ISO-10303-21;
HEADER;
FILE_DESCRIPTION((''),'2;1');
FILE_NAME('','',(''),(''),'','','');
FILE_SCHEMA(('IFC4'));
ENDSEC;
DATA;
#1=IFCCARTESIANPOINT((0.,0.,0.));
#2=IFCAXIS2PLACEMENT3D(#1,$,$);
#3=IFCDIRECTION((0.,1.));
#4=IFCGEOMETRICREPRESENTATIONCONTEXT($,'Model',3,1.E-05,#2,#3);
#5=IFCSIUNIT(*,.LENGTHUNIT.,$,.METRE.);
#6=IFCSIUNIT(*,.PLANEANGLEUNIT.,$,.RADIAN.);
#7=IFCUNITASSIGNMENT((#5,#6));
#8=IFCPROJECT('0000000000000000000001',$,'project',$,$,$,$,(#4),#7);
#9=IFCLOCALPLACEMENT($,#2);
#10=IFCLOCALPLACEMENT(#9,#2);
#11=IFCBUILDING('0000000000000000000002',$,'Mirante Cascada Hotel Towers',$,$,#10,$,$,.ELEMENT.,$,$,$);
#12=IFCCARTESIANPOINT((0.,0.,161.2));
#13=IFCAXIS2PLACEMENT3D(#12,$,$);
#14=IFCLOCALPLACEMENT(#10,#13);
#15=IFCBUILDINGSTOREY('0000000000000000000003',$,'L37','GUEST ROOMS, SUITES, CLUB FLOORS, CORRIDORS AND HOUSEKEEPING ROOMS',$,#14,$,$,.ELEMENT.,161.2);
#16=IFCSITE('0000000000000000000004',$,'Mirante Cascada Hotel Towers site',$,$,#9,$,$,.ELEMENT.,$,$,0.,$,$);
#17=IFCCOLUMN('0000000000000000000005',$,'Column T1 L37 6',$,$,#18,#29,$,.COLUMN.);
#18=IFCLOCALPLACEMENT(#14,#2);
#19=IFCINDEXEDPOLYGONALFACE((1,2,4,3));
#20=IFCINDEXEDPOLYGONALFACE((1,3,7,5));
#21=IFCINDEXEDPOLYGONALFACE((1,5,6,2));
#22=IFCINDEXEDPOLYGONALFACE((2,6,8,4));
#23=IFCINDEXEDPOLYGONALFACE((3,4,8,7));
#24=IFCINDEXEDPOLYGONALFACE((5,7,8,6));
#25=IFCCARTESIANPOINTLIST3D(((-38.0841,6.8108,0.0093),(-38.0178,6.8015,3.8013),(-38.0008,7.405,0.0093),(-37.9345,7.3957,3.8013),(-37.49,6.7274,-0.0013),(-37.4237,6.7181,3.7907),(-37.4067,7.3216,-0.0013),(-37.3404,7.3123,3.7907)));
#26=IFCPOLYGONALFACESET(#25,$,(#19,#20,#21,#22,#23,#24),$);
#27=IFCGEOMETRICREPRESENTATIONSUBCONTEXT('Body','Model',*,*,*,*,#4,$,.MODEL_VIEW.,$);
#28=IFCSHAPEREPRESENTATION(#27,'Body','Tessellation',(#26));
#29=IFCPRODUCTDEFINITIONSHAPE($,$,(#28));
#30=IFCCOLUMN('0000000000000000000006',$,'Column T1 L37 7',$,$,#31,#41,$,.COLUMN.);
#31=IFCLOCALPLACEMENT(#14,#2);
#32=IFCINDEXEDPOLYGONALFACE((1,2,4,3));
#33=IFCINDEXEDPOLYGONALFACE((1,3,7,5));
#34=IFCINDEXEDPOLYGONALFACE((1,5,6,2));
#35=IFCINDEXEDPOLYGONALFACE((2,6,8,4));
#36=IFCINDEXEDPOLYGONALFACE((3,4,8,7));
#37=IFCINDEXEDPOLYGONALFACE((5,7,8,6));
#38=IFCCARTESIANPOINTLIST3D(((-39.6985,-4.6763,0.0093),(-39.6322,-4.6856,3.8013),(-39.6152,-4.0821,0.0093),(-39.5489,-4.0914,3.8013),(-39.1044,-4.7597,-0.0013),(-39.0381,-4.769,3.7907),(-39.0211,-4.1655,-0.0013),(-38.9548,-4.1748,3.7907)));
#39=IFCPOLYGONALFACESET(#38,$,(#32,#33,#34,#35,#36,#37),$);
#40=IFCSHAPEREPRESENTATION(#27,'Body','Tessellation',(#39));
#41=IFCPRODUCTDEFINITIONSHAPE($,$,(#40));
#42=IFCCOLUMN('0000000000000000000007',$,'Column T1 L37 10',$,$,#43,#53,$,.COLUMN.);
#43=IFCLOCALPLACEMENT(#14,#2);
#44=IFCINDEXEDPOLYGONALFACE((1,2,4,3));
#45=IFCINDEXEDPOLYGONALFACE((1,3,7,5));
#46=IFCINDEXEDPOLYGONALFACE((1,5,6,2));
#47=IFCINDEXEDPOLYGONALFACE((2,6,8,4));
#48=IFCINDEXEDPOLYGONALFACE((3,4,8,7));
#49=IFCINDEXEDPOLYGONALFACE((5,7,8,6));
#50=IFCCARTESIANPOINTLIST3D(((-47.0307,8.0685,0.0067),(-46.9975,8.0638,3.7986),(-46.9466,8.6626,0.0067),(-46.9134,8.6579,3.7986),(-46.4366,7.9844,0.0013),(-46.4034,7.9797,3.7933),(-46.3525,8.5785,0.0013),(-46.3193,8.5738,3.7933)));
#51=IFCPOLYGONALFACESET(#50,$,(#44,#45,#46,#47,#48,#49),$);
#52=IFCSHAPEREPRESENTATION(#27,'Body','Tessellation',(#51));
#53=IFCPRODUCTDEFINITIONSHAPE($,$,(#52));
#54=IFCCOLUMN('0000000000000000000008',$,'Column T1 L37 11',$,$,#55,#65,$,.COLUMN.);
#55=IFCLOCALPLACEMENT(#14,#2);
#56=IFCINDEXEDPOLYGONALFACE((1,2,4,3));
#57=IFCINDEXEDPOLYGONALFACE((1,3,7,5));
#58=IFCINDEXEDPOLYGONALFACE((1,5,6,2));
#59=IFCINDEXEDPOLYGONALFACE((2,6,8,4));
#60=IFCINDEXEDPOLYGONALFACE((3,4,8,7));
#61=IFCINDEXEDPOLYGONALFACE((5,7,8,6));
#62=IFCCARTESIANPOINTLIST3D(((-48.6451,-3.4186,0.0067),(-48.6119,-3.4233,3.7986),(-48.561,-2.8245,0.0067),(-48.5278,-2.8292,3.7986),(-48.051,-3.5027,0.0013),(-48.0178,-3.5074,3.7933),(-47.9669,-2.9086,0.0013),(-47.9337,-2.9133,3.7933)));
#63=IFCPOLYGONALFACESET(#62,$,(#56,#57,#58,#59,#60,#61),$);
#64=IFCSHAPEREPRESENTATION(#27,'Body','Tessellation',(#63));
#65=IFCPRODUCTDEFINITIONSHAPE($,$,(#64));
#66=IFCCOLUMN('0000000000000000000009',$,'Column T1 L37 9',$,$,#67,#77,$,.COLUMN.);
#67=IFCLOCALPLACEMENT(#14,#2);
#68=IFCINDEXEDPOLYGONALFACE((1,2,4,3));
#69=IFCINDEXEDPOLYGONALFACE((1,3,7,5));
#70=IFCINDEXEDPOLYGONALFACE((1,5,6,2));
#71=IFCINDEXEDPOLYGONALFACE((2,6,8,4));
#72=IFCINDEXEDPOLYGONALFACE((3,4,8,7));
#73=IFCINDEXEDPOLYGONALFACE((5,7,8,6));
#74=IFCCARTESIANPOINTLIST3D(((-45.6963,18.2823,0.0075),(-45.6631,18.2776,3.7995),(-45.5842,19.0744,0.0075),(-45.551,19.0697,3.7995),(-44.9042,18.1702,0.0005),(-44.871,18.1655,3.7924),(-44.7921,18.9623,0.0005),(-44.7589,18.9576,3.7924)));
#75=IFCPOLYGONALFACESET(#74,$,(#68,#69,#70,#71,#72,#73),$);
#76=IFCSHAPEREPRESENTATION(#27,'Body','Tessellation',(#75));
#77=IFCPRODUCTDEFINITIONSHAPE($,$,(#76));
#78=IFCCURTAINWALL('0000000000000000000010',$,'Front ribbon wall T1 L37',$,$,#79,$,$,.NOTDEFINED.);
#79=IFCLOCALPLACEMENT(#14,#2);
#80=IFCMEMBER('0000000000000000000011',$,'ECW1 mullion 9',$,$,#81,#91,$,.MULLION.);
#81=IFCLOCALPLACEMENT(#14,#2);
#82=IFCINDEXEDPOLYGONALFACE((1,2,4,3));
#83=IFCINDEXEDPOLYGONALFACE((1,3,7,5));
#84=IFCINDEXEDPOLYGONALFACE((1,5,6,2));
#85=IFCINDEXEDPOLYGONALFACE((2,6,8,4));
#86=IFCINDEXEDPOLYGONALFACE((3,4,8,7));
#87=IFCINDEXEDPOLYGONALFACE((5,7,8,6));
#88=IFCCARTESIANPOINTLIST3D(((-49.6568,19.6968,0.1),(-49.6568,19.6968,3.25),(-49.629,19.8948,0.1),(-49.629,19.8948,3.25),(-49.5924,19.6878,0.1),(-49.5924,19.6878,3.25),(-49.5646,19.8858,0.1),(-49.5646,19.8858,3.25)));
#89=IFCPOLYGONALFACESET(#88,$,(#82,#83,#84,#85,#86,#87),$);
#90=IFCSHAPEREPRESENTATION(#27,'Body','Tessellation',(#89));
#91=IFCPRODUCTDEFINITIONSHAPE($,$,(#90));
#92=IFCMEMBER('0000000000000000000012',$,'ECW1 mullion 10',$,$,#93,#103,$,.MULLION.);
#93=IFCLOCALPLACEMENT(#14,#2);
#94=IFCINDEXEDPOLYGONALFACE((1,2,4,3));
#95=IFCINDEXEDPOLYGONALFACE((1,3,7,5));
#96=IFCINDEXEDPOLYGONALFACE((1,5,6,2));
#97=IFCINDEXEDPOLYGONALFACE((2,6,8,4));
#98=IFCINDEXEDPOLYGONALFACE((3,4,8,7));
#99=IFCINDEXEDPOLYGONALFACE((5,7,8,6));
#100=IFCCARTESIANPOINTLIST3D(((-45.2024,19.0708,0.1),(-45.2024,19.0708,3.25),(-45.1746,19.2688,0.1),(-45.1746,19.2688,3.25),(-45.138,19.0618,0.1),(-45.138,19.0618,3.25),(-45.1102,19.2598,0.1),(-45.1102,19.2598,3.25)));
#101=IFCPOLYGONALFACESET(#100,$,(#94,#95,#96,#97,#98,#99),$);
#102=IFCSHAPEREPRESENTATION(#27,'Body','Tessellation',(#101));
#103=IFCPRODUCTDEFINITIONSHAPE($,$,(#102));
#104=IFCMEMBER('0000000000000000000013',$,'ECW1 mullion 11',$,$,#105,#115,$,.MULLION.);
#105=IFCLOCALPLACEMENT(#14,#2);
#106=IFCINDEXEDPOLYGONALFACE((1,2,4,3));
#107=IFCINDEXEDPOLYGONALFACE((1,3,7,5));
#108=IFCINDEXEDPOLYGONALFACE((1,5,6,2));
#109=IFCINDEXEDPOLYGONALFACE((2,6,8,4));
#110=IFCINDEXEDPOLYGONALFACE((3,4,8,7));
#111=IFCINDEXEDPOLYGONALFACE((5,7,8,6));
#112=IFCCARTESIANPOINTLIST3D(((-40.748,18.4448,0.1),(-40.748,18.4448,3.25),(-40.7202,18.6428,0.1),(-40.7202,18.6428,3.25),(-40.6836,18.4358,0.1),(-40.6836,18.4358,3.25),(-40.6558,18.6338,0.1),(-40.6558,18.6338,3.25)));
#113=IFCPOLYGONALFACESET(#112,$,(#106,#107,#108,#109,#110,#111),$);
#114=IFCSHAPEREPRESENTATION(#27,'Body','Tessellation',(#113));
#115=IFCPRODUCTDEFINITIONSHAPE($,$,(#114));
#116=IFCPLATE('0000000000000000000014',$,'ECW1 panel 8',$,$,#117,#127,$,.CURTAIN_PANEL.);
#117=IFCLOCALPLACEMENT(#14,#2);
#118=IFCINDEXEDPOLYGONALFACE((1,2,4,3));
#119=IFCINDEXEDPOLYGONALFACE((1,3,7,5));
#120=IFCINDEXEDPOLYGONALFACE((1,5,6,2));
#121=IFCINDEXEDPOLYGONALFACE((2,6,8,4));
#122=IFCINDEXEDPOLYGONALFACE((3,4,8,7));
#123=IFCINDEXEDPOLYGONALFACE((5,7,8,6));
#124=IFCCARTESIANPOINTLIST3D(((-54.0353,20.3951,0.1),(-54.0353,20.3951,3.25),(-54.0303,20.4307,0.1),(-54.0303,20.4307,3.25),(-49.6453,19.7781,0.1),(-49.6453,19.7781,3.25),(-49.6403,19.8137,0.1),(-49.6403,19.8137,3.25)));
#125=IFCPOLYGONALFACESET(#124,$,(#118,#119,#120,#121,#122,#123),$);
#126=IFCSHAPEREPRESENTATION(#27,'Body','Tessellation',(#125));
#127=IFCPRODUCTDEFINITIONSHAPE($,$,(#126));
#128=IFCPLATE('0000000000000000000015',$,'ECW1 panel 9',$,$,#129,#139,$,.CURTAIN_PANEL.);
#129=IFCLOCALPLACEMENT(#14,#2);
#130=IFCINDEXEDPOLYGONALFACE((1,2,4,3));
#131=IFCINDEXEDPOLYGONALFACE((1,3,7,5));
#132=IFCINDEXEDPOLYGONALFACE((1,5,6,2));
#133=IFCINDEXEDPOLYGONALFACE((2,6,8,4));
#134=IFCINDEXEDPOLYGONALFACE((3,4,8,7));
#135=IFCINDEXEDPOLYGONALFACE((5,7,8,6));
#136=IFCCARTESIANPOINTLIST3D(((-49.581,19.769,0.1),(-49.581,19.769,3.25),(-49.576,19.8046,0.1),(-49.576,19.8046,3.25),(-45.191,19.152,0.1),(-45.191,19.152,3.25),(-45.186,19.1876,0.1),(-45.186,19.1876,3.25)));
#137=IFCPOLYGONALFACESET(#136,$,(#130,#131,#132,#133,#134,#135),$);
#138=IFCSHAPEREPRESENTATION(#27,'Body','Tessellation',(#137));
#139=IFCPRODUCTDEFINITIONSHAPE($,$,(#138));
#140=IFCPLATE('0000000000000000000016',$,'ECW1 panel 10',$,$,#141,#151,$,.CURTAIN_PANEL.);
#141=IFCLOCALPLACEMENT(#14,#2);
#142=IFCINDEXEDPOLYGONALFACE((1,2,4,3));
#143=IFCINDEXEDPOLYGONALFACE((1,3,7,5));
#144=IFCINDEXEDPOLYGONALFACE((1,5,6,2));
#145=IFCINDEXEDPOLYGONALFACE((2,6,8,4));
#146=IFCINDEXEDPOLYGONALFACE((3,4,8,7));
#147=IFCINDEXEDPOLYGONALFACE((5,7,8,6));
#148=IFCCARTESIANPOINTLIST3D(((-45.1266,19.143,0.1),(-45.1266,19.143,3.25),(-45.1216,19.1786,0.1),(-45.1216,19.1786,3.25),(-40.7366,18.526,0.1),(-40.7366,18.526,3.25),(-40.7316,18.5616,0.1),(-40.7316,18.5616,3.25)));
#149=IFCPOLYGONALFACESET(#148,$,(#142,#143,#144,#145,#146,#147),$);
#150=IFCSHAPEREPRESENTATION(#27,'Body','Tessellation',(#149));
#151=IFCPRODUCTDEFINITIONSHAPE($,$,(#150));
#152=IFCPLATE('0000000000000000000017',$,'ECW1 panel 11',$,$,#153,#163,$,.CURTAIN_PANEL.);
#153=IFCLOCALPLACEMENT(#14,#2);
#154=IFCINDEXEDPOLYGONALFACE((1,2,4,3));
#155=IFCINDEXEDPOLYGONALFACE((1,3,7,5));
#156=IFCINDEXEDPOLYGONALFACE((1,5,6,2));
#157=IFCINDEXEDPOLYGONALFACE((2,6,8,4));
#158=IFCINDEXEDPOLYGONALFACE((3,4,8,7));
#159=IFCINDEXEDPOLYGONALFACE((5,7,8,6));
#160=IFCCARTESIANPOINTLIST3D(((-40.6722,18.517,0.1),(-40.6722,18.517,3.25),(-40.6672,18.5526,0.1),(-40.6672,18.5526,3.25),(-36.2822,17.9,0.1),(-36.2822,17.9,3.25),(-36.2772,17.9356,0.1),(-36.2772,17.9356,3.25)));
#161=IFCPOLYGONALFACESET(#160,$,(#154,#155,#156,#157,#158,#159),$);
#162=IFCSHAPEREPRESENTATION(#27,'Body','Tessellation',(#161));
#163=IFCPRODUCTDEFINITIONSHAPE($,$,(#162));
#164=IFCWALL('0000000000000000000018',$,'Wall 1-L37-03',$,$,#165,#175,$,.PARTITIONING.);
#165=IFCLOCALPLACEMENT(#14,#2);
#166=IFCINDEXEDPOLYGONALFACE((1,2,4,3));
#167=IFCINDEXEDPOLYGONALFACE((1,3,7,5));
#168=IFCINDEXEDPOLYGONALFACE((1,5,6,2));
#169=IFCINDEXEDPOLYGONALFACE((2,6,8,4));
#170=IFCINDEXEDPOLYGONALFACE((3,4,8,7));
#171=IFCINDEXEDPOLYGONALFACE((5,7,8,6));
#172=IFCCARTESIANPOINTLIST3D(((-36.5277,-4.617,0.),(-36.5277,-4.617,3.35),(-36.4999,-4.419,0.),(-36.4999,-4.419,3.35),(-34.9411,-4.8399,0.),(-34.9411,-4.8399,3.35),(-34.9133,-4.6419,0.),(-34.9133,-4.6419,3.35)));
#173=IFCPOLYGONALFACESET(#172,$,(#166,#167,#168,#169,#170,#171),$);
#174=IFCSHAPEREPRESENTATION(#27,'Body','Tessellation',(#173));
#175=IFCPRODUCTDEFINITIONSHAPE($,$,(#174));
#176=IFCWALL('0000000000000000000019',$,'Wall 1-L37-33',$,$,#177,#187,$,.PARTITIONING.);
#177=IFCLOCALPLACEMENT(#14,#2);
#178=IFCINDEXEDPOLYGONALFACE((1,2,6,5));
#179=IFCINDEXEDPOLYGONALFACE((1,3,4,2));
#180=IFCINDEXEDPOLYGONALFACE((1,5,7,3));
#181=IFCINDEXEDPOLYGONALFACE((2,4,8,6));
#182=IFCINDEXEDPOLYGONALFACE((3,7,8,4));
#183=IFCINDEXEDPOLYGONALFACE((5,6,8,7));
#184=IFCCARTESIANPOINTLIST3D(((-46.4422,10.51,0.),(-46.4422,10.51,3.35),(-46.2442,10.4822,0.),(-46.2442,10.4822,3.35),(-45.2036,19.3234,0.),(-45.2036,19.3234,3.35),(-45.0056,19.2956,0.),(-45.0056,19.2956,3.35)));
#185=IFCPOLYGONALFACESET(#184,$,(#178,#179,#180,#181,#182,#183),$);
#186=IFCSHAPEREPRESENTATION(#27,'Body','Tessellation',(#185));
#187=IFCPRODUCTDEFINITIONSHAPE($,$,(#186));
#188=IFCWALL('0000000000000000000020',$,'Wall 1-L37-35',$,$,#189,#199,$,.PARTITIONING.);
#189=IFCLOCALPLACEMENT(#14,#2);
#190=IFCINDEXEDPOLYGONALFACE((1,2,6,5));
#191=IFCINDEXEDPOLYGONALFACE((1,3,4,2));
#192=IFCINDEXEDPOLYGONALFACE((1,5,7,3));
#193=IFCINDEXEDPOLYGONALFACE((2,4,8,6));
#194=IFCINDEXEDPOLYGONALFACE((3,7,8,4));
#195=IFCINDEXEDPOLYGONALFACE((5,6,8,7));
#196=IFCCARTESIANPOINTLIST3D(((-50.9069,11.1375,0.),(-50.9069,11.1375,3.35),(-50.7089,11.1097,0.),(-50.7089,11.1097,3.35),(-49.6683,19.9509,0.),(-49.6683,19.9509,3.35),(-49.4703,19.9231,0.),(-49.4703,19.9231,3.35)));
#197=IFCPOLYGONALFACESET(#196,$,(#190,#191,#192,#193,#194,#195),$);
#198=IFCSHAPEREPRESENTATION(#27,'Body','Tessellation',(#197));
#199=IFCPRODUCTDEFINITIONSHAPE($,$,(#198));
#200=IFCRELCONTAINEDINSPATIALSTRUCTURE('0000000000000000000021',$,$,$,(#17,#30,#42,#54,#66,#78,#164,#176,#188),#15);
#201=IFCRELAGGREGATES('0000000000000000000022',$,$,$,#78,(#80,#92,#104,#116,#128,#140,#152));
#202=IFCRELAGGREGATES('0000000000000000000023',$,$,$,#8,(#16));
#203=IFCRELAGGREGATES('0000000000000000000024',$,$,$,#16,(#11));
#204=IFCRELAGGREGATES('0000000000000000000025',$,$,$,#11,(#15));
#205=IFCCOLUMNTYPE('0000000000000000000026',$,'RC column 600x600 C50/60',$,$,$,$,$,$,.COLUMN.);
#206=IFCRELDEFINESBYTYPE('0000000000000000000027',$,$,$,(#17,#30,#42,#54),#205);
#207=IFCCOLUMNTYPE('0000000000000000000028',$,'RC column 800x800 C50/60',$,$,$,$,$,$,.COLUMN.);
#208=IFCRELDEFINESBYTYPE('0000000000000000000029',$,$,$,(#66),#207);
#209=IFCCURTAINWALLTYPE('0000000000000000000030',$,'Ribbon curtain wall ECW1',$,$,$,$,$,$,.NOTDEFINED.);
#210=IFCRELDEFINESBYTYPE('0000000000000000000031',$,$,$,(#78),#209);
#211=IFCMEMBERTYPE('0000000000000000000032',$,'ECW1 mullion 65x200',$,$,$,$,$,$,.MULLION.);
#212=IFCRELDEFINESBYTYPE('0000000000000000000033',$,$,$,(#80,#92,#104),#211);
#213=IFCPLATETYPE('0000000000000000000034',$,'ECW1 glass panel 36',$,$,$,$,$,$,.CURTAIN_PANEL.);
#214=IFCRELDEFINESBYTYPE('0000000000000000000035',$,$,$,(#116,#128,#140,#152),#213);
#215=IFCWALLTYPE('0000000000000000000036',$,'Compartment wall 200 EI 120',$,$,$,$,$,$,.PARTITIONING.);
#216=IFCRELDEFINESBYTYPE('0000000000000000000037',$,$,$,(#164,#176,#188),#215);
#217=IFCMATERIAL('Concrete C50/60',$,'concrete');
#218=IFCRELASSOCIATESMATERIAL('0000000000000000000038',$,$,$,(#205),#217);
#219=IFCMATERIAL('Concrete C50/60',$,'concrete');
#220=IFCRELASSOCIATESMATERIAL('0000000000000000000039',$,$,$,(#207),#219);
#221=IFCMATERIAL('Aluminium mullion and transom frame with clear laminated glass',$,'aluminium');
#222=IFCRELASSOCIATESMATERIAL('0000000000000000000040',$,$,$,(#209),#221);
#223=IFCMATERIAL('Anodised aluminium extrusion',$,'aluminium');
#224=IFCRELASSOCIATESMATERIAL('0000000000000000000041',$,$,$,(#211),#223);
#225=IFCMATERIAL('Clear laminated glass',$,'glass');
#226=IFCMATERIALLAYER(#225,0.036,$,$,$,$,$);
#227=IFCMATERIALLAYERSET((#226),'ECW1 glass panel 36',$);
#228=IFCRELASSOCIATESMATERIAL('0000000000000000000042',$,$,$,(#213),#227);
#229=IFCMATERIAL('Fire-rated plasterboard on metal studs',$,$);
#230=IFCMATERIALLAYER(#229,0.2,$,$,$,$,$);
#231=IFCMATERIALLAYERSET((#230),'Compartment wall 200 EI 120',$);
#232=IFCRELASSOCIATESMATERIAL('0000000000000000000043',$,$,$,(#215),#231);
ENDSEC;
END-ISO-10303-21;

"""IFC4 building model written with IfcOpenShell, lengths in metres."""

from ifc_helpers import new_model, si_unit, direction, frame, frame_2d, origin, origin_2d, place, context, subcontext, project, spatial, rectangle, extrude, material, layer, layer_set, material_profile, profile_set, type_object, element, aggregate, save


model = new_model("IFC4")

# Units and contexts
model_context = context("Model", 3, precision=1e-05, world=origin(), true_north=direction((0.0, 1.0)))
body_context = subcontext(model_context, "Body", "Model", "MODEL_VIEW")
ifc_project = project(units=[si_unit("LENGTHUNIT", "METRE"), si_unit("PLANEANGLEUNIT", "RADIAN")], contexts=[model_context])

# Site, building, storey
site_placement = place(None, origin())
site = spatial("IfcSite", under=ifc_project, at=site_placement, Name="Mirante Cascada Hotel Towers site", CompositionType="ELEMENT", RefElevation=0.0)
building_placement = place(site_placement, origin())
building = spatial("IfcBuilding", under=site, at=building_placement, Name="Mirante Cascada Hotel Towers", CompositionType="ELEMENT")
storey_placement = place(building_placement, frame((0.0, 0.0, 161.2)))
storey = spatial("IfcBuildingStorey", under=building, at=storey_placement, Name="L37", Description="GUEST ROOMS, SUITES, CLUB FLOORS, CORRIDORS AND HOUSEKEEPING ROOMS", CompositionType="ELEMENT", Elevation=161.2)

# Columns
ifc_material_1 = material(Name="Concrete C50/60", Category="concrete")
ifc_material_profile_1 = material_profile(ifc_material_1, rectangle(XDim=0.6, YDim=0.6, at=origin_2d()), Name="RC column 600x600 C50/60")
ifc_profile_set_1 = profile_set([ifc_material_profile_1], Name="Concrete C50/60")
column_type_1 = type_object("IfcColumnType", Name="RC column 600x600 C50/60", PredefinedType="COLUMN", material=ifc_profile_set_1)
for number, where, z_axis, x_axis, name in (
    (1, (-37.7454, 7.0662, 0.004), (0.017482, -0.002452, 0.999844), (0.138911, 0.990305, 0.0), "Column T1 L37 6"),
    (2, (-39.3598, -4.4209, 0.004), (0.017482, -0.002452, 0.999844), (0.138911, 0.990305, 0.0), "Column T1 L37 7"),
):
    element("IfcColumn", number, at=place(storey_placement, frame(where, z_axis=z_axis, x_axis=x_axis)), inside=storey, type_object=column_type_1, Name=name, PredefinedType="COLUMN", context=body_context, shape_type="SweptSolid", body=[
        extrude(rectangle(XDim=0.6, YDim=0.6, at=origin_2d()), origin(), (0.0, 0.0, 1.0), 3.7926),
    ])
for number, where, z_axis, x_axis, name in (
    (3, (-46.6916, 8.3235, 0.004), (0.008755, -0.001239, 0.999961), (0.140169, 0.990128, 0.0), "Column T1 L37 10"),
    (4, (-48.306, -3.1636, 0.004), (0.008755, -0.001239, 0.999961), (0.140169, 0.990128, 0.0), "Column T1 L37 11"),
):
    element("IfcColumn", number, at=place(storey_placement, frame(where, z_axis=z_axis, x_axis=x_axis)), inside=storey, type_object=column_type_1, Name=name, PredefinedType="COLUMN", context=body_context, shape_type="SweptSolid", body=[
        extrude(rectangle(XDim=0.6, YDim=0.6, at=origin_2d()), origin(), (0.0, 0.0, 1.0), 3.7921),
    ])
ifc_material_2 = material(Name="Concrete C50/60", Category="concrete")
ifc_material_profile_2 = material_profile(ifc_material_2, rectangle(XDim=0.8, YDim=0.8, at=origin_2d()), Name="RC column 800x800 C50/60")
ifc_profile_set_2 = profile_set([ifc_material_profile_2], Name="Concrete C50/60")
column_type_2 = type_object("IfcColumnType", Name="RC column 800x800 C50/60", PredefinedType="COLUMN", material=ifc_profile_set_2)
column_placement = place(storey_placement, frame((-45.2442, 18.6223, 0.004), z_axis=(0.008755, -0.001239, 0.999961), x_axis=(0.140169, 0.990128, 0.0)))
element("IfcColumn", 5, at=column_placement, inside=storey, type_object=column_type_2, Name="Column T1 L37 9", PredefinedType="COLUMN", context=body_context, shape_type="SweptSolid", body=[
    extrude(rectangle(XDim=0.8, YDim=0.8, at=origin_2d()), origin(), (0.0, 0.0, 1.0), 3.7921),
])

# Curtain wall, members, plates
ifc_material_3 = material(Name="Aluminium mullion and transom frame with clear laminated glass", Category="aluminium")
curtain_wall_type = type_object("IfcCurtainWallType", Name="Ribbon curtain wall ECW1", PredefinedType="NOTDEFINED", material=ifc_material_3)
curtain_wall_placement = place(storey_placement, origin())
curtain_wall = element("IfcCurtainWall", 6, at=curtain_wall_placement, inside=storey, type_object=curtain_wall_type, Name="Front ribbon wall T1 L37", PredefinedType="NOTDEFINED")
ifc_material_4 = material(Name="Anodised aluminium extrusion", Category="aluminium")
ifc_material_profile_3 = material_profile(ifc_material_4, rectangle(XDim=0.2, YDim=0.065, at=origin_2d()), Name="ECW1 MULLION 65x200")
ifc_profile_set_3 = profile_set([ifc_material_profile_3], Name="Anodised aluminium extrusion")
member_type = type_object("IfcMemberType", Name="ECW1 mullion 65x200", PredefinedType="MULLION", material=ifc_profile_set_3)
member_1_placement = place(storey_placement, frame((-49.6107, 19.7913, 0.1), z_axis=(0.0, 0.0, 1.0), x_axis=(0.139173, 0.990268, 0.0)))
member_1 = element("IfcMember", 7, at=member_1_placement, type_object=member_type, Name="ECW1 mullion 9", PredefinedType="MULLION", context=body_context, shape_type="SweptSolid", body=[
    extrude(rectangle(XDim=0.2, YDim=0.065, at=origin_2d()), origin(), (0.0, 0.0, 1.0), 3.15),
])
member_2_placement = place(storey_placement, frame((-45.1563, 19.1653, 0.1), z_axis=(0.0, 0.0, 1.0), x_axis=(0.139173, 0.990268, 0.0)))
member_2 = element("IfcMember", 8, at=member_2_placement, type_object=member_type, Name="ECW1 mullion 10", PredefinedType="MULLION", context=body_context, shape_type="SweptSolid", body=[
    extrude(rectangle(XDim=0.2, YDim=0.065, at=origin_2d()), origin(), (0.0, 0.0, 1.0), 3.15),
])
member_3_placement = place(storey_placement, frame((-40.7019, 18.5393, 0.1), z_axis=(0.0, 0.0, 1.0), x_axis=(0.139173, 0.990268, 0.0)))
member_3 = element("IfcMember", 9, at=member_3_placement, type_object=member_type, Name="ECW1 mullion 11", PredefinedType="MULLION", context=body_context, shape_type="SweptSolid", body=[
    extrude(rectangle(XDim=0.2, YDim=0.065, at=origin_2d()), origin(), (0.0, 0.0, 1.0), 3.15),
])
ifc_material_5 = material(Name="Clear laminated glass", Category="glass")
ifc_layer_1 = layer(ifc_material_5, 0.036)
ifc_layer_set_1 = layer_set([ifc_layer_1], Name="ECW1 glass panel 36")
plate_type = type_object("IfcPlateType", Name="ECW1 glass panel 36", PredefinedType="CURTAIN_PANEL", material=ifc_layer_set_1)
plate_1_placement = place(storey_placement, frame((-51.8378, 20.1044, 0.1), z_axis=(0.0, 0.0, 1.0), x_axis=(0.990268, -0.139173, 0.0)))
plate_1 = element("IfcPlate", 10, at=plate_1_placement, type_object=plate_type, Name="ECW1 panel 8", PredefinedType="CURTAIN_PANEL", context=body_context, shape_type="SweptSolid", body=[
    extrude(rectangle(XDim=4.4332, YDim=0.036, at=origin_2d()), origin(), (0.0, 0.0, 1.0), 3.15),
])
plate_2_placement = place(storey_placement, frame((-47.3835, 19.4783, 0.1), z_axis=(0.0, 0.0, 1.0), x_axis=(0.990268, -0.139173, 0.0)))
plate_2 = element("IfcPlate", 11, at=plate_2_placement, type_object=plate_type, Name="ECW1 panel 9", PredefinedType="CURTAIN_PANEL", context=body_context, shape_type="SweptSolid", body=[
    extrude(rectangle(XDim=4.4332, YDim=0.036, at=origin_2d()), origin(), (0.0, 0.0, 1.0), 3.15),
])
plate_3_placement = place(storey_placement, frame((-42.9291, 18.8523, 0.1), z_axis=(0.0, 0.0, 1.0), x_axis=(0.990268, -0.139173, 0.0)))
plate_3 = element("IfcPlate", 12, at=plate_3_placement, type_object=plate_type, Name="ECW1 panel 10", PredefinedType="CURTAIN_PANEL", context=body_context, shape_type="SweptSolid", body=[
    extrude(rectangle(XDim=4.4332, YDim=0.036, at=origin_2d()), origin(), (0.0, 0.0, 1.0), 3.15),
])
plate_4_placement = place(storey_placement, frame((-38.4747, 18.2263, 0.1), z_axis=(0.0, 0.0, 1.0), x_axis=(0.990268, -0.139173, 0.0)))
plate_4 = element("IfcPlate", 13, at=plate_4_placement, type_object=plate_type, Name="ECW1 panel 11", PredefinedType="CURTAIN_PANEL", context=body_context, shape_type="SweptSolid", body=[
    extrude(rectangle(XDim=4.4332, YDim=0.036, at=origin_2d()), origin(), (0.0, 0.0, 1.0), 3.15),
])
aggregate(curtain_wall, [member_1, member_2, member_3, plate_1, plate_2, plate_3, plate_4])

# Walls
ifc_material_6 = material(Name="Fire-rated plasterboard on metal studs")
ifc_layer_2 = layer(ifc_material_6, 0.2)
ifc_layer_set_2 = layer_set([ifc_layer_2], Name="Compartment wall 200 EI 120")
wall_type_1 = type_object("IfcWallType", Name="Compartment wall 200 EI 120", PredefinedType="PARTITIONING", material=ifc_layer_set_2)
wall_1_placement = place(storey_placement, frame((-36.5138, -4.518, 0.0), z_axis=(0.0, 0.0, 1.0), x_axis=(0.990275, -0.139123, 0.0)))
element("IfcWall", 14, at=wall_1_placement, inside=storey, type_object=wall_type_1, Name="Wall 1-L37-03", PredefinedType="PARTITIONING", context=body_context, shape_type="SweptSolid", body=[
    extrude(rectangle(XDim=1.6022, YDim=0.2, at=frame_2d((0.8011, 0.0))), origin(), (0.0, 0.0, 1.0), 3.35),
])
for number, where, z_axis, x_axis, name in (
    (15, (-45.1046, 19.3095, 0.0), (0.0, 0.0, 1.0), (-0.139168, -0.990269, 0.0), "Wall 1-L37-33"),
    (16, (-49.5693, 19.937, 0.0), (0.0, 0.0, 1.0), (-0.139168, -0.990269, 0.0), "Wall 1-L37-35"),
):
    element("IfcWall", number, at=place(storey_placement, frame(where, z_axis=z_axis, x_axis=x_axis)), inside=storey, type_object=wall_type_1, Name=name, PredefinedType="PARTITIONING", context=body_context, shape_type="SweptSolid", body=[
        extrude(rectangle(XDim=8.9, YDim=0.2, at=frame_2d((4.45, 0.0))), origin(), (0.0, 0.0, 1.0), 3.35),
    ])

save(model, "model.ifc")
